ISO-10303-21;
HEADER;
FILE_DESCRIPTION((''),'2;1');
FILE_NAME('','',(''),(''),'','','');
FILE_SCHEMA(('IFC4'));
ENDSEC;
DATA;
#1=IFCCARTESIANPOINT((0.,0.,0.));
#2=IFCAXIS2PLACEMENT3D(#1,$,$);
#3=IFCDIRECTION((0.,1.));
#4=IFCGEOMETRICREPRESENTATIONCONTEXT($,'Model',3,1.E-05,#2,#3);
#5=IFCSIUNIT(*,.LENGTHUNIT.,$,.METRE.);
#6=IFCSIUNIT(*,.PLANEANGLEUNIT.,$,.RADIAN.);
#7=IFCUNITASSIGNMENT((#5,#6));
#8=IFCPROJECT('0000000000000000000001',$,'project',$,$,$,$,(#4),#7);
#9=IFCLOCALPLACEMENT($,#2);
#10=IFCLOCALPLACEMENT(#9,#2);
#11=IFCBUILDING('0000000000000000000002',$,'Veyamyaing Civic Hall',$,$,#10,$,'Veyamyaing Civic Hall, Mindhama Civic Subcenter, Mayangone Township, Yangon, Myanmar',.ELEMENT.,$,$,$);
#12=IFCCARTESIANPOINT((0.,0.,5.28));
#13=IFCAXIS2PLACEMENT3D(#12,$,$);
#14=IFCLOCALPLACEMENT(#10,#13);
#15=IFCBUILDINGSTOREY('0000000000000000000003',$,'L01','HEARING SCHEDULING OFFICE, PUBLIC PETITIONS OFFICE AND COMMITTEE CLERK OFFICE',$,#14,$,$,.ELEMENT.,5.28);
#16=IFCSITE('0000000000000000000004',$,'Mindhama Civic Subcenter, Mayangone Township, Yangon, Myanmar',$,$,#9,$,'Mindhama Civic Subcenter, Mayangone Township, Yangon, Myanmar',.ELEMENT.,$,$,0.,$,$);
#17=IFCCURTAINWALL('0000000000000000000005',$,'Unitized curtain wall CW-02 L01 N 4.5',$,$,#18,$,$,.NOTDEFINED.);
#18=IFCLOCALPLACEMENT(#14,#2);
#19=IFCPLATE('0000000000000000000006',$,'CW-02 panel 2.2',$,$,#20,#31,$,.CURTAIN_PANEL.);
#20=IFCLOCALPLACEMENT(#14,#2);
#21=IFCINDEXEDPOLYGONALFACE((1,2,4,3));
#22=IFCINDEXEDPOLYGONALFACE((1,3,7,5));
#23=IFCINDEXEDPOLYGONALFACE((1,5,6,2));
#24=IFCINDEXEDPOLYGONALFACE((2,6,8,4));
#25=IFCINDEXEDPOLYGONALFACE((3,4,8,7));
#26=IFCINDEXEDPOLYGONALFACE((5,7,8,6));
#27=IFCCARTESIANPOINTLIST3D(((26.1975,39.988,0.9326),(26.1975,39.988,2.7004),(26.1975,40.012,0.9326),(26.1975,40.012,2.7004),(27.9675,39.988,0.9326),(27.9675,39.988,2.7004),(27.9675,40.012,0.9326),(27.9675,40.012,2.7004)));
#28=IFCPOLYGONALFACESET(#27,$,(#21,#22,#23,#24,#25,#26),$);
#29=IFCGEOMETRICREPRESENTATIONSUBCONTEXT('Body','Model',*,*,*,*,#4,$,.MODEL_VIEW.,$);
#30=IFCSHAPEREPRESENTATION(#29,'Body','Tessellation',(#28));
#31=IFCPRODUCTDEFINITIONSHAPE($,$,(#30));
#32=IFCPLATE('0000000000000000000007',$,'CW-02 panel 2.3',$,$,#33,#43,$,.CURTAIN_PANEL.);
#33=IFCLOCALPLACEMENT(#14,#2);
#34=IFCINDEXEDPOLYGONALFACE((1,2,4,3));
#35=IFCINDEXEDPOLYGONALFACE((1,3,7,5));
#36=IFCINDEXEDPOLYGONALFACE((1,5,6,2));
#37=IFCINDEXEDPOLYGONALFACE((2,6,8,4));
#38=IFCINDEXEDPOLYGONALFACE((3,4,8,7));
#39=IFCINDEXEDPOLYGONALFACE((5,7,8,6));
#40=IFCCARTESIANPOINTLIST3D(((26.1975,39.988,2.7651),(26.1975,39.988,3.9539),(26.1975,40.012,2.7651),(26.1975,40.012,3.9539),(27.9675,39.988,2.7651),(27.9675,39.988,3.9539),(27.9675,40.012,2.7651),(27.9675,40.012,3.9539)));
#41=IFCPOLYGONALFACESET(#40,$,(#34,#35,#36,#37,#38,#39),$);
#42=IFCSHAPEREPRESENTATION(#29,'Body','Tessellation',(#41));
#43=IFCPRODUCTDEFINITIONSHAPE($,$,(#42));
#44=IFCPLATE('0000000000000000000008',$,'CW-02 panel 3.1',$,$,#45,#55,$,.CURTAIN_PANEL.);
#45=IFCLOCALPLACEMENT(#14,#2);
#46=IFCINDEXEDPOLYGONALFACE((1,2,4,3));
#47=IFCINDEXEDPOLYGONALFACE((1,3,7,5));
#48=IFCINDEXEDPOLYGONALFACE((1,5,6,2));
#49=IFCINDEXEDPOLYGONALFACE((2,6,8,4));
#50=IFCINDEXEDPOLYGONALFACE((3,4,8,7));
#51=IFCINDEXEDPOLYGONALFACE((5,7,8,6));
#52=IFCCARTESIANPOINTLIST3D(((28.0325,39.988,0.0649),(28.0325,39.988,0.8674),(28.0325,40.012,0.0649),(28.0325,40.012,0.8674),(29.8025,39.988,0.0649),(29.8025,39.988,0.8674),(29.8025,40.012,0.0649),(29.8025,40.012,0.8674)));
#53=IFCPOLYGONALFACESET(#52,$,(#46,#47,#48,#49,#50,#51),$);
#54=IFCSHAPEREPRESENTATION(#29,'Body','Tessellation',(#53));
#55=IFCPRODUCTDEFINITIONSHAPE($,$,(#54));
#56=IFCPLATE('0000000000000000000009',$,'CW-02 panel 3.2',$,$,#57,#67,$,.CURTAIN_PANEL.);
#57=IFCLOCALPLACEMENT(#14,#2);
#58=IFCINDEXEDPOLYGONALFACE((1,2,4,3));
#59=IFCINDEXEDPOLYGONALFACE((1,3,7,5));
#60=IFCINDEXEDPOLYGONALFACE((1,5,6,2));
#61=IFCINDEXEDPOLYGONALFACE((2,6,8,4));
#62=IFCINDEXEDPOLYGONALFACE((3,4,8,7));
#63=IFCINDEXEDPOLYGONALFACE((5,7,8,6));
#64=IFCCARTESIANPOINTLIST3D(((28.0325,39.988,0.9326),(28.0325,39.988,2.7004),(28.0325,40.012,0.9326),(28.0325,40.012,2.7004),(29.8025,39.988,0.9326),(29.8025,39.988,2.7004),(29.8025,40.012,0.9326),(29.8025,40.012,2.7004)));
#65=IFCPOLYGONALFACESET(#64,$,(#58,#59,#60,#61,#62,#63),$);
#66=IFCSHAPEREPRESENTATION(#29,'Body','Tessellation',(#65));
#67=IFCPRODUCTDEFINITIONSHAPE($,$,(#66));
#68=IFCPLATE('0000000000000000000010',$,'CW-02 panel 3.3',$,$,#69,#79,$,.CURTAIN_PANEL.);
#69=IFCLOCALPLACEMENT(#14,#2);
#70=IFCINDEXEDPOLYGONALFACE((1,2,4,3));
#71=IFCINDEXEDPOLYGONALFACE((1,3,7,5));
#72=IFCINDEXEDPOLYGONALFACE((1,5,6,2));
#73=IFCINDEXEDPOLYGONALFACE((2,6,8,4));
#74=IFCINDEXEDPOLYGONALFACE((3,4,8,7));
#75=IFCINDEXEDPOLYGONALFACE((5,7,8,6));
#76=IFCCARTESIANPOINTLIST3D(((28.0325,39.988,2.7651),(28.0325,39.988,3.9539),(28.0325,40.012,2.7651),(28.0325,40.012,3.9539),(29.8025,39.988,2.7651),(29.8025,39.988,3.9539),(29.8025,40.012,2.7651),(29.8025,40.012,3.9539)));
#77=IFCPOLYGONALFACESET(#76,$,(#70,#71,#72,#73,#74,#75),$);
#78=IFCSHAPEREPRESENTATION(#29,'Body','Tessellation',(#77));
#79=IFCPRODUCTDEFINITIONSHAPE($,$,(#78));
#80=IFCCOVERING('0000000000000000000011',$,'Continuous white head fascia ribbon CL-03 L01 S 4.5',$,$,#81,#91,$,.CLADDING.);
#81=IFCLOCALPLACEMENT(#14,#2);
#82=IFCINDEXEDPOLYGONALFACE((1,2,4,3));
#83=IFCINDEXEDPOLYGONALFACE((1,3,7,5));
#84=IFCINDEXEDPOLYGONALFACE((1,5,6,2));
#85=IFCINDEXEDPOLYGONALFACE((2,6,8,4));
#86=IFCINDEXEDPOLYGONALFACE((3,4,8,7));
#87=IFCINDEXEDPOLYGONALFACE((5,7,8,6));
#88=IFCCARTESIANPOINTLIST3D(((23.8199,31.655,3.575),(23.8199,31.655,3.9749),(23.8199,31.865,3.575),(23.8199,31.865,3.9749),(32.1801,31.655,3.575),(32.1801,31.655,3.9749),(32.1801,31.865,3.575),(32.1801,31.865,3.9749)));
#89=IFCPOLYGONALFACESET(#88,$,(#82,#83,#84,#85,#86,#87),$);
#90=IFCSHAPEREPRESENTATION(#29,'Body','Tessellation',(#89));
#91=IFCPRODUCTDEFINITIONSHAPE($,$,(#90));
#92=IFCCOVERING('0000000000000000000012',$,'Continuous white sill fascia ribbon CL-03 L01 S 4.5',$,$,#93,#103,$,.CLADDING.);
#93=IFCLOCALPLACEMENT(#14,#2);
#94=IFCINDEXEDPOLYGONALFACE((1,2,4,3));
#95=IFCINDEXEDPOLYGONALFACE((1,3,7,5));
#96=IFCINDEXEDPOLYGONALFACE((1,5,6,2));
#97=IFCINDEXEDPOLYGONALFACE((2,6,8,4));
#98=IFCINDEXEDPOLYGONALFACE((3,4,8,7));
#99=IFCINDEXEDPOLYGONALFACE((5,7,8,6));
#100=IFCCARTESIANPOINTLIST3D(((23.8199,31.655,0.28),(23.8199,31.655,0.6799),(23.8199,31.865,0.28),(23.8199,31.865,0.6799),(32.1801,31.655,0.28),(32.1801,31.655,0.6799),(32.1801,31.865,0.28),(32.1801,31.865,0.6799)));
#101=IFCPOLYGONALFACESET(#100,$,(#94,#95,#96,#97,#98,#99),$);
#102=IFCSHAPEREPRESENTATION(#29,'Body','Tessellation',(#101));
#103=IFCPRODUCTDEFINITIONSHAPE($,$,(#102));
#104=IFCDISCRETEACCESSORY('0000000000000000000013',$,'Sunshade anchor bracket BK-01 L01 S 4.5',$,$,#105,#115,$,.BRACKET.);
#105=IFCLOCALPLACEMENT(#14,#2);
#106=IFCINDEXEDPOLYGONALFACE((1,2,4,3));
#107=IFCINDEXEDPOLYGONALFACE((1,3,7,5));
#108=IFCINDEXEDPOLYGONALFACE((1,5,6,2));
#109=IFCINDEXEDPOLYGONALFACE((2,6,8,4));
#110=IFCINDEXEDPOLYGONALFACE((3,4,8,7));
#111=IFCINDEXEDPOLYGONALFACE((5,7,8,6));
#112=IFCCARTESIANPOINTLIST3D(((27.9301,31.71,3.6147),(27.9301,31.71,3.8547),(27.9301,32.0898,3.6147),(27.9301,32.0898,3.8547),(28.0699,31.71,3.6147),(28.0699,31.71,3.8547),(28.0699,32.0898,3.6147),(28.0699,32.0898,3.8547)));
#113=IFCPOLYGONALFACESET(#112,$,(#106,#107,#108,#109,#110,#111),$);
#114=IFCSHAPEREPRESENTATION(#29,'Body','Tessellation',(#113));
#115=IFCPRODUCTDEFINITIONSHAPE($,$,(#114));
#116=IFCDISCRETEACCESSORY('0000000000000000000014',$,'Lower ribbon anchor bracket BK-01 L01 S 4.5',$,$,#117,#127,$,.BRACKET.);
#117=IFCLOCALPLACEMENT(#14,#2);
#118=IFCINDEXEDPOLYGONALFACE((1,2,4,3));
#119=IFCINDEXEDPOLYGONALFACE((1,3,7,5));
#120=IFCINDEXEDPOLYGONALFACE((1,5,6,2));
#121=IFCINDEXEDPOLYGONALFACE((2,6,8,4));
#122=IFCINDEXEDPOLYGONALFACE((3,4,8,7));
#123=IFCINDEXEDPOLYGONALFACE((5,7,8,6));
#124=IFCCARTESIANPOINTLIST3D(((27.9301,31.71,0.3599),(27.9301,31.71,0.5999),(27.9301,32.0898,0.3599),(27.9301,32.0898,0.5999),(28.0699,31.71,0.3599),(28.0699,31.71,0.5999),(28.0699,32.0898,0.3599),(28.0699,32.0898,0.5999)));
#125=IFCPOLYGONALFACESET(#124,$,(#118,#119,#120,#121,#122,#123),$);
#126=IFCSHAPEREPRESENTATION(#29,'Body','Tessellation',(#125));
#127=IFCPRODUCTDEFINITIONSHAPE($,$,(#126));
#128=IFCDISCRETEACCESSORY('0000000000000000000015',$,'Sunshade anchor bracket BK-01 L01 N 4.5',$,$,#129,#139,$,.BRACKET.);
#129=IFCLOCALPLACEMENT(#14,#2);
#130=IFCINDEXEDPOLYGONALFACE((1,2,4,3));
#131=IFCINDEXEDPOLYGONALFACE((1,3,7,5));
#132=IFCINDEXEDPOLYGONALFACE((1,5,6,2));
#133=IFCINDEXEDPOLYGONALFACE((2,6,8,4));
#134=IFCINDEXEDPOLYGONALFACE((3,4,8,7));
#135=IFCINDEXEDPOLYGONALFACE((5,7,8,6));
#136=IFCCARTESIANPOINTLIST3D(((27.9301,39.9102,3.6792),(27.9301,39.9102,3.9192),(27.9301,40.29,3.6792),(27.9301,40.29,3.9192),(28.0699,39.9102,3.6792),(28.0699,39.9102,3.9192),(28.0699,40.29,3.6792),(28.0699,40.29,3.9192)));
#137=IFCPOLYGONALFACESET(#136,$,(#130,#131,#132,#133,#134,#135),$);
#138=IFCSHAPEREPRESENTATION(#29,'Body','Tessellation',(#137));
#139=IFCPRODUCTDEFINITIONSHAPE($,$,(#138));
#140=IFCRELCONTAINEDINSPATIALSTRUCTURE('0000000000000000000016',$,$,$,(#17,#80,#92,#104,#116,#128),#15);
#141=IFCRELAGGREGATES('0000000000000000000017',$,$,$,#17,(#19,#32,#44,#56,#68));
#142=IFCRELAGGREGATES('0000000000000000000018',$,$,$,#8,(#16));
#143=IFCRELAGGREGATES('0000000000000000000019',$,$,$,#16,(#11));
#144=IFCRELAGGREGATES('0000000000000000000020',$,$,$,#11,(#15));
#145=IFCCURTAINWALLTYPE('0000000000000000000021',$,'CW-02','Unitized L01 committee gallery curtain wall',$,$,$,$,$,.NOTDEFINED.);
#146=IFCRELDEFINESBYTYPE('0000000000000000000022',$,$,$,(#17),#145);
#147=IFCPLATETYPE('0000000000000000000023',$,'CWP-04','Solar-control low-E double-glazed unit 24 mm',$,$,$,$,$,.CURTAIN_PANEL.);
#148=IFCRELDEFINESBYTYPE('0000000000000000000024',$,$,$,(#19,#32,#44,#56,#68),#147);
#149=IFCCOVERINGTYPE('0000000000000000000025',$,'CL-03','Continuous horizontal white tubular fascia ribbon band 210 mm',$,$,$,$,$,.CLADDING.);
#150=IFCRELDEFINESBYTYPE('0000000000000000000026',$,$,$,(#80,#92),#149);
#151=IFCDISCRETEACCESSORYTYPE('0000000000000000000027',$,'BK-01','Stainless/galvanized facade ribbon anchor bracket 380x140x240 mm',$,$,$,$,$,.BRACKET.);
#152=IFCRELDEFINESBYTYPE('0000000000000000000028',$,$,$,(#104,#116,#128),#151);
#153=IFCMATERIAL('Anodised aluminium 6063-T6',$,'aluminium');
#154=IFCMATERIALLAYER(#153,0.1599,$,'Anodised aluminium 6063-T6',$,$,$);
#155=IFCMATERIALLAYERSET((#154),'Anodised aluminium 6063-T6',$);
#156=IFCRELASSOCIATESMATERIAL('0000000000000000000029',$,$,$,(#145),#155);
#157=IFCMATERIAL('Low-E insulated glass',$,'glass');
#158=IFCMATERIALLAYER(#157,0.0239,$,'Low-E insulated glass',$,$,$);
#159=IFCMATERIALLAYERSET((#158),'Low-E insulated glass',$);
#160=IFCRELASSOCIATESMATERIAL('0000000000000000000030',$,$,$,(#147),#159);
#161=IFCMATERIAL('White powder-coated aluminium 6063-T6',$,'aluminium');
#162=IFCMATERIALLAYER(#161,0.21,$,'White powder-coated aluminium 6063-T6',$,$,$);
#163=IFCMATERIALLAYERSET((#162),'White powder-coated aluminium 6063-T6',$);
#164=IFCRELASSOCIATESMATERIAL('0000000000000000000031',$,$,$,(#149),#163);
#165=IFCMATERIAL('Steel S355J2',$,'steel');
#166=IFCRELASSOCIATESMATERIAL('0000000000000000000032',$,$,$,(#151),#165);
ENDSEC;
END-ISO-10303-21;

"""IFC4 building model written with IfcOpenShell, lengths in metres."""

from ifc_helpers import new_model, si_unit, direction, frame, origin, origin_2d, place, context, subcontext, project, spatial, rectangle, extrude, material, layer, layer_set, type_object, element, aggregate, save


model = new_model("IFC4")

# Units and contexts
model_context = context("Model", 3, precision=1e-05, world=origin(), true_north=direction((0.0, 1.0)))
body_context = subcontext(model_context, "Body", "Model", "MODEL_VIEW")
ifc_project = project(units=[si_unit("LENGTHUNIT", "METRE"), si_unit("PLANEANGLEUNIT", "RADIAN")], contexts=[model_context])

# Site, building, storey
site_placement = place(None, origin())
site = spatial("IfcSite", under=ifc_project, at=site_placement, Name="Mindhama Civic Subcenter, Mayangone Township, Yangon, Myanmar", LongName="Mindhama Civic Subcenter, Mayangone Township, Yangon, Myanmar", CompositionType="ELEMENT", RefElevation=0.0)
building_placement = place(site_placement, origin())
building = spatial("IfcBuilding", under=site, at=building_placement, Name="Veyamyaing Civic Hall", LongName="Veyamyaing Civic Hall, Mindhama Civic Subcenter, Mayangone Township, Yangon, Myanmar", CompositionType="ELEMENT")
storey_placement = place(building_placement, frame((0.0, 0.0, 5.28)))
storey = spatial("IfcBuildingStorey", under=building, at=storey_placement, Name="L01", Description="HEARING SCHEDULING OFFICE, PUBLIC PETITIONS OFFICE AND COMMITTEE CLERK OFFICE", CompositionType="ELEMENT", Elevation=5.28)

# Curtain wall
ifc_material_1 = material(Name="Anodised aluminium 6063-T6", Category="aluminium")
ifc_layer_1 = layer(ifc_material_1, 0.1599, Name="Anodised aluminium 6063-T6")
ifc_layer_set_1 = layer_set([ifc_layer_1], Name="Anodised aluminium 6063-T6")
curtain_wall_type = type_object("IfcCurtainWallType", Name="CW-02", Description="Unitized L01 committee gallery curtain wall", PredefinedType="NOTDEFINED", material=ifc_layer_set_1)
curtain_wall_1_placement = place(storey_placement, origin())
curtain_wall_1 = element("IfcCurtainWall", 1, at=curtain_wall_1_placement, inside=storey, type_object=curtain_wall_type, Name="Unitized curtain wall CW-02 L01 N 4.5", PredefinedType="NOTDEFINED")

# Plates
ifc_material_2 = material(Name="Low-E insulated glass", Category="glass")
ifc_layer_2 = layer(ifc_material_2, 0.0239, Name="Low-E insulated glass")
ifc_layer_set_2 = layer_set([ifc_layer_2], Name="Low-E insulated glass")
plate_type = type_object("IfcPlateType", Name="CWP-04", Description="Solar-control low-E double-glazed unit 24 mm", PredefinedType="CURTAIN_PANEL", material=ifc_layer_set_2)
plate_1_placement = place(storey_placement, frame((27.0825, 40.0, 0.9326), z_axis=(0.0, 0.0, 1.0), x_axis=(1.0, 0.0, 0.0)))
plate_1 = element("IfcPlate", 2, at=plate_1_placement, type_object=plate_type, Name="CW-02 panel 2.2", PredefinedType="CURTAIN_PANEL", context=body_context, shape_type="SweptSolid", body=[
    extrude(rectangle(XDim=1.77, YDim=0.0239, at=origin_2d()), origin(), (0.0, 0.0, 1.0), 1.7678),
])
plate_2_placement = place(storey_placement, frame((27.0825, 40.0, 2.7651), z_axis=(0.0, 0.0, 1.0), x_axis=(1.0, 0.0, 0.0)))
plate_2 = element("IfcPlate", 3, at=plate_2_placement, type_object=plate_type, Name="CW-02 panel 2.3", PredefinedType="CURTAIN_PANEL", context=body_context, shape_type="SweptSolid", body=[
    extrude(rectangle(XDim=1.77, YDim=0.0239, at=origin_2d()), origin(), (0.0, 0.0, 1.0), 1.1887),
])
plate_3_placement = place(storey_placement, frame((28.9175, 40.0, 0.0649), z_axis=(0.0, 0.0, 1.0), x_axis=(1.0, 0.0, 0.0)))
plate_3 = element("IfcPlate", 4, at=plate_3_placement, type_object=plate_type, Name="CW-02 panel 3.1", PredefinedType="CURTAIN_PANEL", context=body_context, shape_type="SweptSolid", body=[
    extrude(rectangle(XDim=1.77, YDim=0.0239, at=origin_2d()), origin(), (0.0, 0.0, 1.0), 0.8025),
])
plate_4_placement = place(storey_placement, frame((28.9175, 40.0, 0.9326), z_axis=(0.0, 0.0, 1.0), x_axis=(1.0, 0.0, 0.0)))
plate_4 = element("IfcPlate", 5, at=plate_4_placement, type_object=plate_type, Name="CW-02 panel 3.2", PredefinedType="CURTAIN_PANEL", context=body_context, shape_type="SweptSolid", body=[
    extrude(rectangle(XDim=1.77, YDim=0.0239, at=origin_2d()), origin(), (0.0, 0.0, 1.0), 1.7678),
])
plate_5_placement = place(storey_placement, frame((28.9175, 40.0, 2.7651), z_axis=(0.0, 0.0, 1.0), x_axis=(1.0, 0.0, 0.0)))
plate_5 = element("IfcPlate", 6, at=plate_5_placement, type_object=plate_type, Name="CW-02 panel 3.3", PredefinedType="CURTAIN_PANEL", context=body_context, shape_type="SweptSolid", body=[
    extrude(rectangle(XDim=1.77, YDim=0.0239, at=origin_2d()), origin(), (0.0, 0.0, 1.0), 1.1887),
])
aggregate(curtain_wall_1, [plate_1, plate_2, plate_3, plate_4, plate_5])

# Coverings
ifc_material_3 = material(Name="White powder-coated aluminium 6063-T6", Category="aluminium")
ifc_layer_3 = layer(ifc_material_3, 0.21, Name="White powder-coated aluminium 6063-T6")
ifc_layer_set_3 = layer_set([ifc_layer_3], Name="White powder-coated aluminium 6063-T6")
covering_type = type_object("IfcCoveringType", Name="CL-03", Description="Continuous horizontal white tubular fascia ribbon band 210 mm", PredefinedType="CLADDING", material=ifc_layer_set_3)
for number, where, z_axis, x_axis, name in (
    (7, (28.0, 31.76, 3.575), (0.0, 0.0, 1.0), (1.0, 0.0, 0.0), "Continuous white head fascia ribbon CL-03 L01 S 4.5"),
    (8, (28.0, 31.76, 0.28), (0.0, 0.0, 1.0), (1.0, 0.0, 0.0), "Continuous white sill fascia ribbon CL-03 L01 S 4.5"),
):
    element("IfcCovering", number, at=place(storey_placement, frame(where, z_axis=z_axis, x_axis=x_axis)), inside=storey, type_object=covering_type, Name=name, PredefinedType="CLADDING", context=body_context, shape_type="SweptSolid", body=[
        extrude(rectangle(XDim=8.3601, YDim=0.21, at=origin_2d()), origin(), (0.0, 0.0, 1.0), 0.3999),
    ])

# Discrete accessories
ifc_material_4 = material(Name="Steel S355J2", Category="steel")
discrete_accessory_type = type_object("IfcDiscreteAccessoryType", Name="BK-01", Description="Stainless/galvanized facade ribbon anchor bracket 380x140x240 mm", PredefinedType="BRACKET", material=ifc_material_4)
for number, where, z_axis, x_axis, name in (
    (9, (28.0, 31.8999, 3.6147), (0.0, 0.0, 1.0), (0.0, -1.0, 0.0), "Sunshade anchor bracket BK-01 L01 S 4.5"),
    (10, (28.0, 31.8999, 0.3599), (0.0, 0.0, 1.0), (0.0, -1.0, 0.0), "Lower ribbon anchor bracket BK-01 L01 S 4.5"),
    (11, (28.0, 40.1001, 3.6792), (0.0, 0.0, 1.0), (0.0, 1.0, 0.0), "Sunshade anchor bracket BK-01 L01 N 4.5"),
):
    element("IfcDiscreteAccessory", number, at=place(storey_placement, frame(where, z_axis=z_axis, x_axis=x_axis)), inside=storey, type_object=discrete_accessory_type, Name=name, PredefinedType="BRACKET", context=body_context, shape_type="SweptSolid", body=[
        extrude(rectangle(XDim=0.3799, YDim=0.1399, at=origin_2d()), origin(), (0.0, 0.0, 1.0), 0.24),
    ])

save(model, "model.ifc")
